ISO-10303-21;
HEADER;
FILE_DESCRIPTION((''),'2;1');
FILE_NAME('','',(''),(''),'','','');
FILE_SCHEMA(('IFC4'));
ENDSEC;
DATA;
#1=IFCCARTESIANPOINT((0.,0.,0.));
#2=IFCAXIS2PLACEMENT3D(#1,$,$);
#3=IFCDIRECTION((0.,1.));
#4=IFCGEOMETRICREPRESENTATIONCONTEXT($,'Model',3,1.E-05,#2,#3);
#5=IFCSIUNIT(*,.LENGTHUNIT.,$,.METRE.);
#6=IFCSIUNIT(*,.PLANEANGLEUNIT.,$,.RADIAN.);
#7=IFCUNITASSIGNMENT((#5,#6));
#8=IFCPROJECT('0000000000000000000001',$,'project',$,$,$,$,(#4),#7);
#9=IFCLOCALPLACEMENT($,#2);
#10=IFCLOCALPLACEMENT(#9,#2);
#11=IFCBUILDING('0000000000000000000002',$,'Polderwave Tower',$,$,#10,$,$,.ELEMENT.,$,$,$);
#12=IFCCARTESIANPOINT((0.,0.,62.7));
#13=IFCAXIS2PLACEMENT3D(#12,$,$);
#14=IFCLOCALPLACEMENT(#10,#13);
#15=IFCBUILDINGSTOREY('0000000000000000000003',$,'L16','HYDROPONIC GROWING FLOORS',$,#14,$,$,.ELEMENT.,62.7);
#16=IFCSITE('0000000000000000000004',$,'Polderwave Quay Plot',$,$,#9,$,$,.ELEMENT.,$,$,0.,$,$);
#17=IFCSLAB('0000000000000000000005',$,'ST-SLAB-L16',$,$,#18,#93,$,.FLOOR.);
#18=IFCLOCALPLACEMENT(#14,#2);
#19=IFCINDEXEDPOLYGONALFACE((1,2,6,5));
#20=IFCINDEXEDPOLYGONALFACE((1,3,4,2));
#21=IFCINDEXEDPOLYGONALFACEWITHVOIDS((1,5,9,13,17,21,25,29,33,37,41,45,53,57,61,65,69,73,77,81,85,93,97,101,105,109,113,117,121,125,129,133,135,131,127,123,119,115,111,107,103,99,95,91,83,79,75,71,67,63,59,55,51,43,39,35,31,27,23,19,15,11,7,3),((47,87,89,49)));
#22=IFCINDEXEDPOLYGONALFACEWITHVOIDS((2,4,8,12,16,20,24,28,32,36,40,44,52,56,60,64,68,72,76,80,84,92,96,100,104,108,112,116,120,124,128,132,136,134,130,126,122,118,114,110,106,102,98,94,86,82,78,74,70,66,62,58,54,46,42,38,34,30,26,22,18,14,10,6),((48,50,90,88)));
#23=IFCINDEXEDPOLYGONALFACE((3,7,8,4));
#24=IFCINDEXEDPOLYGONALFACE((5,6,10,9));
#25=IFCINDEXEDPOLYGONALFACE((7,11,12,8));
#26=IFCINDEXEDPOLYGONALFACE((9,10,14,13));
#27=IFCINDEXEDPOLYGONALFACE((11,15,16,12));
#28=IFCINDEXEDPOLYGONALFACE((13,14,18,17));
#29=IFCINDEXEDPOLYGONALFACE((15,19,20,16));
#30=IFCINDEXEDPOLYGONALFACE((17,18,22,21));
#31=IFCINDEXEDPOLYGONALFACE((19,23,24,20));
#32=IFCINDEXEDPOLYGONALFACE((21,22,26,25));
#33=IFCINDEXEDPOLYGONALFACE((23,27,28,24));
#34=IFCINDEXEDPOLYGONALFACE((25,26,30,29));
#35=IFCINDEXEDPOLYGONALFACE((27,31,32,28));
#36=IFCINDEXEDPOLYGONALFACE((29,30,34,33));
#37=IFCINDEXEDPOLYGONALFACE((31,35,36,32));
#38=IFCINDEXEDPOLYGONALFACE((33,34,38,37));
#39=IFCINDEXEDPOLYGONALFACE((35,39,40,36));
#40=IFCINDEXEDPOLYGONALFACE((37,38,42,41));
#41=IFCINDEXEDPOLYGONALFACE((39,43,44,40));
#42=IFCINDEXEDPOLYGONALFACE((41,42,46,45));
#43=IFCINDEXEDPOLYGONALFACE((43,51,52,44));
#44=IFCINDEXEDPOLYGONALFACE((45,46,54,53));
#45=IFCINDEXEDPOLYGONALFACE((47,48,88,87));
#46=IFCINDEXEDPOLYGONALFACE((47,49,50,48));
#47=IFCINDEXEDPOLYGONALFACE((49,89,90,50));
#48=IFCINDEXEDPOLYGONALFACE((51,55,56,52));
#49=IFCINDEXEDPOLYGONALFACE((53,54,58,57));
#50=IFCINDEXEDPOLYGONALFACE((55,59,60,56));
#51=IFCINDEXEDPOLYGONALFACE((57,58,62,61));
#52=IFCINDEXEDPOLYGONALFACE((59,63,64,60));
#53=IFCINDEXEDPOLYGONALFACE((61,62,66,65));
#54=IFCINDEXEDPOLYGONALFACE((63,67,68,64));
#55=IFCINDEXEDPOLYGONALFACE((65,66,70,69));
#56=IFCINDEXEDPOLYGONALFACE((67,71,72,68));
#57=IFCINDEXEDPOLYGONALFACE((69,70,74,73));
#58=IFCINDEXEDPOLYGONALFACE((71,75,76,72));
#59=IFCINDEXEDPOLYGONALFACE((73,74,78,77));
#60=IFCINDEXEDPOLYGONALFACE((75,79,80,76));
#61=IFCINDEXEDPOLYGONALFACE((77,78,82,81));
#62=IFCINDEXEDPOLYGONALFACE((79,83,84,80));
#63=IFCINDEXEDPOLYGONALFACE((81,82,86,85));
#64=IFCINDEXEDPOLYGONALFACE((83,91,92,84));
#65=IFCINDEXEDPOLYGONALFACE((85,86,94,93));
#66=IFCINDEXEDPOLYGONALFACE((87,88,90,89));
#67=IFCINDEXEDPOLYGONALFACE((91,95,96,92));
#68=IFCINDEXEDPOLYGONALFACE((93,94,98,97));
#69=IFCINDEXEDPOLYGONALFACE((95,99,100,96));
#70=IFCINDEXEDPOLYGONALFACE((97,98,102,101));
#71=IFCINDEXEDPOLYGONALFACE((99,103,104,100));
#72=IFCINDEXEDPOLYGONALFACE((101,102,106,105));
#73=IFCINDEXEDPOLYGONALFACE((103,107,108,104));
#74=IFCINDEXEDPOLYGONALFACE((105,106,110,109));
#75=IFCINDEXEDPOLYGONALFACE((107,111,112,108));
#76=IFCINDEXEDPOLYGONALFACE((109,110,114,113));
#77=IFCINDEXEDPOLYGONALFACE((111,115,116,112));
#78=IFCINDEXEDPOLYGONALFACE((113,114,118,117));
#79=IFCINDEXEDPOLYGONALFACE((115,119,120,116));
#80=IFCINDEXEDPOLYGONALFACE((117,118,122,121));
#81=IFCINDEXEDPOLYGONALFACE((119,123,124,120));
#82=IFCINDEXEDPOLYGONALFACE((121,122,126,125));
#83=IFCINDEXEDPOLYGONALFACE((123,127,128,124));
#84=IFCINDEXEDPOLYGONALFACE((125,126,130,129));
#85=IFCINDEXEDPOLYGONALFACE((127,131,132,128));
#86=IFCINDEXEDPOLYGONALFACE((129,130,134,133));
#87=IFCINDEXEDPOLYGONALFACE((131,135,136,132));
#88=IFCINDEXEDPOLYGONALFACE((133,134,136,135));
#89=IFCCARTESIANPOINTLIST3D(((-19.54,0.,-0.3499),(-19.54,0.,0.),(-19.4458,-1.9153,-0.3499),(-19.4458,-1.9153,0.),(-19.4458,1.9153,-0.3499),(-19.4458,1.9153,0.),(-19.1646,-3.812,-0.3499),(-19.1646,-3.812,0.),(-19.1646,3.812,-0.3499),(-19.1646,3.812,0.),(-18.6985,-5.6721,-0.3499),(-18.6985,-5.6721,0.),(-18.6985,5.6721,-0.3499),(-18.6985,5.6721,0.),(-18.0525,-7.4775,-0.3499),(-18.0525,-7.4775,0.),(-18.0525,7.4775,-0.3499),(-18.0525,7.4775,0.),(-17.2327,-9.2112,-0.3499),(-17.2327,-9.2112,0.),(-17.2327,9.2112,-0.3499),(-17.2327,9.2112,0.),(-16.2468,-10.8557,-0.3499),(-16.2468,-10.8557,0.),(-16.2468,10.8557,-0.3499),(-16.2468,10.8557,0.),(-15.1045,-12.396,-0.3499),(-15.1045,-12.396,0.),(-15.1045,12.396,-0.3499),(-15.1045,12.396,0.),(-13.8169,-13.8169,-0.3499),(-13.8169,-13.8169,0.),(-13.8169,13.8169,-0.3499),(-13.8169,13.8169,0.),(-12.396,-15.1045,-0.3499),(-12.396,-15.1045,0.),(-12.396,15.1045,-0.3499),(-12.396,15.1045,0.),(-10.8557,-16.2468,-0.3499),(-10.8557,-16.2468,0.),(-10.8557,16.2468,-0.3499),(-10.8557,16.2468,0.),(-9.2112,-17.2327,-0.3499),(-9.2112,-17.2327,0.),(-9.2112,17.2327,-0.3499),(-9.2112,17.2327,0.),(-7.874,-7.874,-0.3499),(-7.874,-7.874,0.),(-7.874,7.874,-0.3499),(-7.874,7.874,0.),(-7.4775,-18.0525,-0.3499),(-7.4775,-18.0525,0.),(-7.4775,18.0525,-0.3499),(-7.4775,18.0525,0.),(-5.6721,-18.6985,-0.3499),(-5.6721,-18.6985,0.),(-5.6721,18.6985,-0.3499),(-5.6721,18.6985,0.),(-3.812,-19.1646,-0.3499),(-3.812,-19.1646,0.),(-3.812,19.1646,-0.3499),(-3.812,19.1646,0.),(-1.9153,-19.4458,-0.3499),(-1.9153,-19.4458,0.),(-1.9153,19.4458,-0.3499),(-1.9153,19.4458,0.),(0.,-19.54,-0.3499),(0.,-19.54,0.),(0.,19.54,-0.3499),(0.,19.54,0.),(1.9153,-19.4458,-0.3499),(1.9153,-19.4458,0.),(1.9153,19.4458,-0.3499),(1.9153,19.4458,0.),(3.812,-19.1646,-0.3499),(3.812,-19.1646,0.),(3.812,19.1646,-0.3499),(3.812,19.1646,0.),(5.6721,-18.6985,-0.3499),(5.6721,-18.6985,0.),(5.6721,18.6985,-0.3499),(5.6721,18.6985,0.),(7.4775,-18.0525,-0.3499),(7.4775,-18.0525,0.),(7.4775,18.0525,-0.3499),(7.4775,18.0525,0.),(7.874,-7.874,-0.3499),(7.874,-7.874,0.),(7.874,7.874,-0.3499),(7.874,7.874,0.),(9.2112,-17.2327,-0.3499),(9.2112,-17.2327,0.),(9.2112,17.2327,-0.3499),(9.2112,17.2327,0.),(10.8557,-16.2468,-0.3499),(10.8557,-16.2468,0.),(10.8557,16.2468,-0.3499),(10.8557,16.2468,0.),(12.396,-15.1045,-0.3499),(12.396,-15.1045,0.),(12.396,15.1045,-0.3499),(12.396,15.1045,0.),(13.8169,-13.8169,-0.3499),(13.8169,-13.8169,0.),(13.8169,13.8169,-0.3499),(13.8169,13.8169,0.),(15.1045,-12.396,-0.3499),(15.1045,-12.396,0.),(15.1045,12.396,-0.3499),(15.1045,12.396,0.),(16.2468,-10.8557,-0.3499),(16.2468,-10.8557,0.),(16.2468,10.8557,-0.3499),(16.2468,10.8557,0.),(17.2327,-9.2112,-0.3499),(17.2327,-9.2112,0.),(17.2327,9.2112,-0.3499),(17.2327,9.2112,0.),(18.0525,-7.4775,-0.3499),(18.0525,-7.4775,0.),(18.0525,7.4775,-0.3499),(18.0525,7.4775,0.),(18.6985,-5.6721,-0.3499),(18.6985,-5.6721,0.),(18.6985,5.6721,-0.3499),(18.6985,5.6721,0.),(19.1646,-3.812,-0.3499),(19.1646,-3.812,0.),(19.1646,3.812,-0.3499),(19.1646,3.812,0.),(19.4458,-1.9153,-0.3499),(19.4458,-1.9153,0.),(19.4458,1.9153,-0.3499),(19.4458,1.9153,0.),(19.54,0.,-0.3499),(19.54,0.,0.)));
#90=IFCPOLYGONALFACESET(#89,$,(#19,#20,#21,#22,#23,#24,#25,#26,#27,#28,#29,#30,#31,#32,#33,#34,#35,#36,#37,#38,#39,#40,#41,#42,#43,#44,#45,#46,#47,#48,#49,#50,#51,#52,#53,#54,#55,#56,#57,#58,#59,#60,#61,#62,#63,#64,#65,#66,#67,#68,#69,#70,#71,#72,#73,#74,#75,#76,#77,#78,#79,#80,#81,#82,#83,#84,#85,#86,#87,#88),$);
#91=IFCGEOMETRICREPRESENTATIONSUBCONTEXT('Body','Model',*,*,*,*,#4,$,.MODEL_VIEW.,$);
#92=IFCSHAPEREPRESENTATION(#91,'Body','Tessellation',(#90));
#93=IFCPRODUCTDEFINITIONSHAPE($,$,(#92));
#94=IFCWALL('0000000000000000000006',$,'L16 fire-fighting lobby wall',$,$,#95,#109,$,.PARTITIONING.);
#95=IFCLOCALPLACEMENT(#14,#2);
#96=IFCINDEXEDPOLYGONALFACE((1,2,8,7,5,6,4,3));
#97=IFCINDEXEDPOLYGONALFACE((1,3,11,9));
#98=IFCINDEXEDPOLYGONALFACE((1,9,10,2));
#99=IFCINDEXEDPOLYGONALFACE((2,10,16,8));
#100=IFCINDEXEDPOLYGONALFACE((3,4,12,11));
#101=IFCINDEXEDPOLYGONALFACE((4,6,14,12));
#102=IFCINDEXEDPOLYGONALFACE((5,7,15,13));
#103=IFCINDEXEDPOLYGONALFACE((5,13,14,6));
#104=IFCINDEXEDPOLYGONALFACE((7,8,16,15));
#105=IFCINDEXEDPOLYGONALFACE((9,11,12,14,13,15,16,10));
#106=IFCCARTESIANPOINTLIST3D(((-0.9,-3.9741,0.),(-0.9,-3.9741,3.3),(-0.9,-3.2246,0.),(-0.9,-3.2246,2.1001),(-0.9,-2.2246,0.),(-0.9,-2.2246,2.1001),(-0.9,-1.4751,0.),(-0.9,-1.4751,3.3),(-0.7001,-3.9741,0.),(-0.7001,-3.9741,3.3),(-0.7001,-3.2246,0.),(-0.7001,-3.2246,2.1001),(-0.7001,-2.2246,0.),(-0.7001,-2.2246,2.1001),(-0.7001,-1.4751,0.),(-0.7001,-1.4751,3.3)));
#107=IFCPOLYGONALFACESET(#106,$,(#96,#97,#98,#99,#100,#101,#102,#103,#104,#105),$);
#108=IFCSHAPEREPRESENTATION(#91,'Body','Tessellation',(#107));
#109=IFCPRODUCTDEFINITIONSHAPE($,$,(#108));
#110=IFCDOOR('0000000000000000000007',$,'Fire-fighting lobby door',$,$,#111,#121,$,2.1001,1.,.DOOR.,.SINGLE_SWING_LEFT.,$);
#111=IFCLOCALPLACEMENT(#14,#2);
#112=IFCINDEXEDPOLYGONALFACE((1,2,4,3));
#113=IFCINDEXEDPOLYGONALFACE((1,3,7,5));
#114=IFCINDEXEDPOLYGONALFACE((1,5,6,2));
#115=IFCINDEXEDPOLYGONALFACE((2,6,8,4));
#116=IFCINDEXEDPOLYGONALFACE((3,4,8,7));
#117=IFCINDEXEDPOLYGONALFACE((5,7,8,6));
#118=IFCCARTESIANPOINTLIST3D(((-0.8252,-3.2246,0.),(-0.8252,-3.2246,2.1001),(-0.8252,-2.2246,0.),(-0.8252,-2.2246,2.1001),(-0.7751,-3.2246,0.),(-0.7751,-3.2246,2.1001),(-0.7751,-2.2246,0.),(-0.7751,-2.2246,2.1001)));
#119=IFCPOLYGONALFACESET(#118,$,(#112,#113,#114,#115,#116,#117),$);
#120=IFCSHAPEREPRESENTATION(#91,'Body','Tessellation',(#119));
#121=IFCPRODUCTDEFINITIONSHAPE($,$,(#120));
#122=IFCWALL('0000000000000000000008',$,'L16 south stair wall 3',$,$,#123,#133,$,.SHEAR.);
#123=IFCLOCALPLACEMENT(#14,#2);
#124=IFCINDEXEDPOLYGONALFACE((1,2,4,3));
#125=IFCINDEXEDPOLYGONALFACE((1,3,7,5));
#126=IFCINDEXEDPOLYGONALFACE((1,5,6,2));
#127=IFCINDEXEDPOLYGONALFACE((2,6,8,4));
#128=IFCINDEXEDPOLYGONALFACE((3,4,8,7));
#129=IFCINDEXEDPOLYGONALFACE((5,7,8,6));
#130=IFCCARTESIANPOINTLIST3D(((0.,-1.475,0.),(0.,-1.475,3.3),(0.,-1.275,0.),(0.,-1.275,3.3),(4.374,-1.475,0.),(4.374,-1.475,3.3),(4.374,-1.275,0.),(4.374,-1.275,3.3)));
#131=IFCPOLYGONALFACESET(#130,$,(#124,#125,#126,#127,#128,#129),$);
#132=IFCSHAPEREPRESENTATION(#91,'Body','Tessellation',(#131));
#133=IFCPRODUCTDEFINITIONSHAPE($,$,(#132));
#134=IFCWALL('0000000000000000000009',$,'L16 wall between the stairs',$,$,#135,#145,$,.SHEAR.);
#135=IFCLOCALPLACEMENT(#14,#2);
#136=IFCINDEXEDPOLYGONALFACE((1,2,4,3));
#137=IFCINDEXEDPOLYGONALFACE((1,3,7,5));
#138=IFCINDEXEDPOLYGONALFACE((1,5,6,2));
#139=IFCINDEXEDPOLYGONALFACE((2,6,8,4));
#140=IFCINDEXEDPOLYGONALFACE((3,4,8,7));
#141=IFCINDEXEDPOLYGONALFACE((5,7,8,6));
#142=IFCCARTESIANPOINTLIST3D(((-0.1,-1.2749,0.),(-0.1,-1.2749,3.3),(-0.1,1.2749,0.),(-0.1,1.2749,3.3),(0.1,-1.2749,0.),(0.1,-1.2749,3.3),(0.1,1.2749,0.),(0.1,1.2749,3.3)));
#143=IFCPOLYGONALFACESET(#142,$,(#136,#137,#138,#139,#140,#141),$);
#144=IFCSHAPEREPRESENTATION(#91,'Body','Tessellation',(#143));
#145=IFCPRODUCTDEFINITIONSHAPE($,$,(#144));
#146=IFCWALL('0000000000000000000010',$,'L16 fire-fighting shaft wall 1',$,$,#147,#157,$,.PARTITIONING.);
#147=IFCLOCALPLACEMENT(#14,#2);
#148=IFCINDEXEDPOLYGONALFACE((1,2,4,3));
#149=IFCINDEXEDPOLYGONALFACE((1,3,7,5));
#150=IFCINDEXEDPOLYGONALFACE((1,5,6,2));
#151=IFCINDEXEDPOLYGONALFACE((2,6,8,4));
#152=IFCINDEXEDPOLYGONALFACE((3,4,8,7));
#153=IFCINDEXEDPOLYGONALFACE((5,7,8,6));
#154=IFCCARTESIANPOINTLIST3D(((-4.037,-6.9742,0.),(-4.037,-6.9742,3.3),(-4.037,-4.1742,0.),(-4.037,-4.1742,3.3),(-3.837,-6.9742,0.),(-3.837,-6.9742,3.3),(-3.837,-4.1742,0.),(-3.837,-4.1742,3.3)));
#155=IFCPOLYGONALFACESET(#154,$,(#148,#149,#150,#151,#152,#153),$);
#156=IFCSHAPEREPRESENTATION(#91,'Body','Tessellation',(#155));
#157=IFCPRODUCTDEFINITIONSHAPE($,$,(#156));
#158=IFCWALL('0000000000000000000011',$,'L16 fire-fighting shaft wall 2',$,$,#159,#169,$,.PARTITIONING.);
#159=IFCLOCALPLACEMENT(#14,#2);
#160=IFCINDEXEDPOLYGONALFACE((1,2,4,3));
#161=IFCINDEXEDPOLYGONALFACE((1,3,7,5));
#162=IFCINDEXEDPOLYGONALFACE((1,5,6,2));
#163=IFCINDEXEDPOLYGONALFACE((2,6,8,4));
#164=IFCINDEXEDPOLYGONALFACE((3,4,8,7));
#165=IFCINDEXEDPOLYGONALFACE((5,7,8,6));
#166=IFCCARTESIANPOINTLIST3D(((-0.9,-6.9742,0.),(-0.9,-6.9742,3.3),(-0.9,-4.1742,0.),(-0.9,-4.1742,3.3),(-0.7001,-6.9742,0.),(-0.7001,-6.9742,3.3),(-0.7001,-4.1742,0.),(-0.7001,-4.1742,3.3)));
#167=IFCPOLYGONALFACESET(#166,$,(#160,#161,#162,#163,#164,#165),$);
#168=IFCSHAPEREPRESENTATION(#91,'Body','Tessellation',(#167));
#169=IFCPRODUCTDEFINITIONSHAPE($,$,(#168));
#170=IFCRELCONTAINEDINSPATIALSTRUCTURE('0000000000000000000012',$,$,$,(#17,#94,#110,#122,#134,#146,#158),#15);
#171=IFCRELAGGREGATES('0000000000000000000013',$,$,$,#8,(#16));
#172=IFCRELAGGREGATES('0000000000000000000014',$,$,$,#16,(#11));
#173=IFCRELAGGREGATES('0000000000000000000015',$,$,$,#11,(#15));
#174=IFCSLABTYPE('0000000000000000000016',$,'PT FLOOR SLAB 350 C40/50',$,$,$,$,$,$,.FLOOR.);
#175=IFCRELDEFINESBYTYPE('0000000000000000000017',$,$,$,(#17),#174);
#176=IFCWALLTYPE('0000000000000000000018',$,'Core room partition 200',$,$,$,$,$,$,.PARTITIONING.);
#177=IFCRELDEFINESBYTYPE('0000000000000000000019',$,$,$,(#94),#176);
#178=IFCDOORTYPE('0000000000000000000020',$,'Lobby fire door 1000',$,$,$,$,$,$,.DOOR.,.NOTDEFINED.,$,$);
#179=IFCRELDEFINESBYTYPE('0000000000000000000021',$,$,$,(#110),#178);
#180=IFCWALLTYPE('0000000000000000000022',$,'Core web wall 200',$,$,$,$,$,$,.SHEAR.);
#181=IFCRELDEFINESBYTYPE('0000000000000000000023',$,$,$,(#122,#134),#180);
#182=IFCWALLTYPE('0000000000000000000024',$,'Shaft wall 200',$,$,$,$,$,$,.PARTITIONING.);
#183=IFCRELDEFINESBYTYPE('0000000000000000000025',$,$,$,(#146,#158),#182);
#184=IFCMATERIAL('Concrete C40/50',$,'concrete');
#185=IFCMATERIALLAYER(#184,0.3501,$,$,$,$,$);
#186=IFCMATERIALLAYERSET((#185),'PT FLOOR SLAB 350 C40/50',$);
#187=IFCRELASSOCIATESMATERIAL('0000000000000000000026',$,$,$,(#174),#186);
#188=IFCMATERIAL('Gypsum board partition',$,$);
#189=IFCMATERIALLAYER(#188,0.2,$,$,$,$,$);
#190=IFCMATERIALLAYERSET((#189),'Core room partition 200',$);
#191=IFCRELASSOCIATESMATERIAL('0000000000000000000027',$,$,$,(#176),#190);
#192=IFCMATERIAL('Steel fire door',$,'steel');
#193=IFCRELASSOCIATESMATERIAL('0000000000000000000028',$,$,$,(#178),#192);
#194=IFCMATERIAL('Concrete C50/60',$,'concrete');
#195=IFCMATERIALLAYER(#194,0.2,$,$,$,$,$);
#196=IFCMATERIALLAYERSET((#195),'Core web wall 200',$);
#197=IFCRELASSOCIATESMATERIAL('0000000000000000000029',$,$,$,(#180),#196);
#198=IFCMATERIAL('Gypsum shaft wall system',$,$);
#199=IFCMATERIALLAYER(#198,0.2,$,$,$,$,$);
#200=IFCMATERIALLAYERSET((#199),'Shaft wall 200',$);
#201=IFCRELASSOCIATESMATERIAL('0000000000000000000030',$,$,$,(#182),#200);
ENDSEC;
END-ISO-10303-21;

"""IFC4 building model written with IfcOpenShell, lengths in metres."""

from ifc_helpers import new_model, si_unit, direction, frame, frame_2d, origin, place, context, subcontext, project, spatial, polyline, rectangle, outline, extrude, material, layer, layer_set, type_object, element, fill, save


model = new_model("IFC4")

# Units and contexts
model_context = context("Model", 3, precision=1e-05, world=origin(), true_north=direction((0.0, 1.0)))
body_context = subcontext(model_context, "Body", "Model", "MODEL_VIEW")
ifc_project = project(units=[si_unit("LENGTHUNIT", "METRE"), si_unit("PLANEANGLEUNIT", "RADIAN")], contexts=[model_context])

# Site, building, storey
site_placement = place(None, origin())
site = spatial("IfcSite", under=ifc_project, at=site_placement, Name="Polderwave Quay Plot", CompositionType="ELEMENT", RefElevation=0.0)
building_placement = place(site_placement, origin())
building = spatial("IfcBuilding", under=site, at=building_placement, Name="Polderwave Tower", CompositionType="ELEMENT")
storey_placement = place(building_placement, frame((0.0, 0.0, 62.7)))
storey = spatial("IfcBuildingStorey", under=building, at=storey_placement, Name="L16", Description="HYDROPONIC GROWING FLOORS", CompositionType="ELEMENT", Elevation=62.7)

# Slab
ifc_material_1 = material(Name="Concrete C40/50", Category="concrete")
ifc_layer_1 = layer(ifc_material_1, 0.3501)
ifc_layer_set_1 = layer_set([ifc_layer_1], Name="PT FLOOR SLAB 350 C40/50")
slab_type = type_object("IfcSlabType", Name="PT FLOOR SLAB 350 C40/50", PredefinedType="FLOOR", material=ifc_layer_set_1)
slab_placement = place(storey_placement, frame((0.0, 0.0, -0.3499)))
element("IfcSlab", 1, at=slab_placement, inside=storey, type_object=slab_type, Name="ST-SLAB-L16", PredefinedType="FLOOR", context=body_context, shape_type="SweptSolid", body=[
    extrude(outline(polyline([(19.54, 0.0), (19.4458, 1.9153), (19.1646, 3.812), (18.6985, 5.6721), (18.0525, 7.4775), (17.2327, 9.2112), (16.2468, 10.8557), (15.1045, 12.396), (13.8169, 13.8169), (12.396, 15.1045), (10.8557, 16.2468), (9.2112, 17.2327), (7.4775, 18.0525), (5.6721, 18.6985), (3.812, 19.1646), (1.9153, 19.4458), (0.0, 19.54), (-1.9153, 19.4458), (-3.812, 19.1646), (-5.6721, 18.6985), (-7.4775, 18.0525), (-9.2112, 17.2327), (-10.8557, 16.2468), (-12.396, 15.1045), (-13.8169, 13.8169), (-15.1045, 12.396), (-16.2468, 10.8557), (-17.2327, 9.2112), (-18.0525, 7.4775), (-18.6985, 5.6721), (-19.1646, 3.812), (-19.4458, 1.9153), (-19.54, 0.0), (-19.4458, -1.9153), (-19.1646, -3.812), (-18.6985, -5.6721), (-18.0525, -7.4775), (-17.2327, -9.2112), (-16.2468, -10.8557), (-15.1045, -12.396), (-13.8169, -13.8169), (-12.396, -15.1045), (-10.8557, -16.2468), (-9.2112, -17.2327), (-7.4775, -18.0525), (-5.6721, -18.6985), (-3.812, -19.1646), (-1.9153, -19.4458), (0.0, -19.54), (1.9153, -19.4458), (3.812, -19.1646), (5.6721, -18.6985), (7.4775, -18.0525), (9.2112, -17.2327), (10.8557, -16.2468), (12.396, -15.1045), (13.8169, -13.8169), (15.1045, -12.396), (16.2468, -10.8557), (17.2327, -9.2112), (18.0525, -7.4775), (18.6985, -5.6721), (19.1646, -3.812), (19.4458, -1.9153), (19.54, 0.0)]), holes=[polyline([(-7.874, -7.874), (7.874, -7.874), (7.874, 7.874), (-7.874, 7.874), (-7.874, -7.874)])]), origin(), (0.0, 0.0, 1.0), 0.3499),
])

# Wall, opening, door
ifc_material_2 = material(Name="Gypsum board partition")
ifc_layer_2 = layer(ifc_material_2, 0.2)
ifc_layer_set_2 = layer_set([ifc_layer_2], Name="Core room partition 200")
wall_type_1 = type_object("IfcWallType", Name="Core room partition 200", PredefinedType="PARTITIONING", material=ifc_layer_set_2)
wall_1_placement = place(storey_placement, frame((-0.8, -3.9741, 0.0), z_axis=(0.0, 0.0, 1.0), x_axis=(0.0, 1.0, 0.0)))
wall_1 = element("IfcWall", 2, at=wall_1_placement, inside=storey, type_object=wall_type_1, Name="L16 fire-fighting lobby wall", PredefinedType="PARTITIONING", context=body_context, shape_type="SweptSolid", body=[
    extrude(rectangle(XDim=2.499, YDim=0.2, at=frame_2d((1.2495, 0.0))), origin(), (0.0, 0.0, 1.0), 3.3),
])
opening_placement = place(wall_1_placement, frame((0.7495, 0.0, 0.0)))
opening = element("IfcOpeningElement", 3, at=opening_placement, cuts=wall_1, PredefinedType="OPENING", context=body_context, shape_type="SweptSolid", body=[
    extrude(rectangle(XDim=1.0, YDim=2.1001, at=frame_2d((0.5, 1.05))), frame((0.0, 0.1099, 0.0), z_axis=(0.0, -1.0, 0.0), x_axis=(1.0, 0.0, 0.0)), (0.0, 0.0, 1.0), 0.22),
])
ifc_material_3 = material(Name="Steel fire door", Category="steel")
door_type = type_object("IfcDoorType", Name="Lobby fire door 1000", OperationType="NOTDEFINED", PredefinedType="DOOR", material=ifc_material_3)
door_placement = place(opening_placement, frame((1.0, 0.0, 0.0), z_axis=(0.0, 0.0, 1.0), x_axis=(-1.0, 0.0, 0.0)))
door = element("IfcDoor", 4, at=door_placement, inside=storey, type_object=door_type, Name="Fire-fighting lobby door", OperationType="SINGLE_SWING_LEFT", OverallHeight=2.1001, OverallWidth=1.0, PredefinedType="DOOR", context=body_context, shape_type="SweptSolid", body=[
    extrude(rectangle(XDim=1.0, YDim=2.1001, at=frame_2d((0.5, 1.05))), frame((0.0, 0.0249, 0.0), z_axis=(0.0, -1.0, 0.0), x_axis=(1.0, 0.0, 0.0)), (0.0, 0.0, 1.0), 0.05),
])
fill(opening, door)

# Walls
ifc_material_4 = material(Name="Concrete C50/60", Category="concrete")
ifc_layer_3 = layer(ifc_material_4, 0.2)
ifc_layer_set_3 = layer_set([ifc_layer_3], Name="Core web wall 200")
wall_type_2 = type_object("IfcWallType", Name="Core web wall 200", PredefinedType="SHEAR", material=ifc_layer_set_3)
wall_2_placement = place(storey_placement, frame((0.0, -1.375, 0.0), z_axis=(0.0, 0.0, 1.0), x_axis=(1.0, 0.0, 0.0)))
element("IfcWall", 5, at=wall_2_placement, inside=storey, type_object=wall_type_2, Name="L16 south stair wall 3", PredefinedType="SHEAR", context=body_context, shape_type="SweptSolid", body=[
    extrude(rectangle(XDim=4.374, YDim=0.2, at=frame_2d((2.187, 0.0))), origin(), (0.0, 0.0, 1.0), 3.3),
])
wall_3_placement = place(storey_placement, frame((0.0, -1.2749, 0.0), z_axis=(0.0, 0.0, 1.0), x_axis=(0.0, 1.0, 0.0)))
element("IfcWall", 6, at=wall_3_placement, inside=storey, type_object=wall_type_2, Name="L16 wall between the stairs", PredefinedType="SHEAR", context=body_context, shape_type="SweptSolid", body=[
    extrude(rectangle(XDim=2.5498, YDim=0.2, at=frame_2d((1.2749, 0.0))), origin(), (0.0, 0.0, 1.0), 3.3),
])
ifc_material_5 = material(Name="Gypsum shaft wall system")
ifc_layer_4 = layer(ifc_material_5, 0.2)
ifc_layer_set_4 = layer_set([ifc_layer_4], Name="Shaft wall 200")
wall_type_3 = type_object("IfcWallType", Name="Shaft wall 200", PredefinedType="PARTITIONING", material=ifc_layer_set_4)
for number, where, z_axis, x_axis, name in (
    (7, (-3.937, -6.9741, 0.0), (0.0, 0.0, 1.0), (0.0, 1.0, 0.0), "L16 fire-fighting shaft wall 1"),
    (8, (-0.8, -6.9741, 0.0), (0.0, 0.0, 1.0), (0.0, 1.0, 0.0), "L16 fire-fighting shaft wall 2"),
):
    element("IfcWall", number, at=place(storey_placement, frame(where, z_axis=z_axis, x_axis=x_axis)), inside=storey, type_object=wall_type_3, Name=name, PredefinedType="PARTITIONING", context=body_context, shape_type="SweptSolid", body=[
        extrude(rectangle(XDim=2.8, YDim=0.2, at=frame_2d((1.3999, 0.0))), origin(), (0.0, 0.0, 1.0), 3.3),
    ])

save(model, "model.ifc")
